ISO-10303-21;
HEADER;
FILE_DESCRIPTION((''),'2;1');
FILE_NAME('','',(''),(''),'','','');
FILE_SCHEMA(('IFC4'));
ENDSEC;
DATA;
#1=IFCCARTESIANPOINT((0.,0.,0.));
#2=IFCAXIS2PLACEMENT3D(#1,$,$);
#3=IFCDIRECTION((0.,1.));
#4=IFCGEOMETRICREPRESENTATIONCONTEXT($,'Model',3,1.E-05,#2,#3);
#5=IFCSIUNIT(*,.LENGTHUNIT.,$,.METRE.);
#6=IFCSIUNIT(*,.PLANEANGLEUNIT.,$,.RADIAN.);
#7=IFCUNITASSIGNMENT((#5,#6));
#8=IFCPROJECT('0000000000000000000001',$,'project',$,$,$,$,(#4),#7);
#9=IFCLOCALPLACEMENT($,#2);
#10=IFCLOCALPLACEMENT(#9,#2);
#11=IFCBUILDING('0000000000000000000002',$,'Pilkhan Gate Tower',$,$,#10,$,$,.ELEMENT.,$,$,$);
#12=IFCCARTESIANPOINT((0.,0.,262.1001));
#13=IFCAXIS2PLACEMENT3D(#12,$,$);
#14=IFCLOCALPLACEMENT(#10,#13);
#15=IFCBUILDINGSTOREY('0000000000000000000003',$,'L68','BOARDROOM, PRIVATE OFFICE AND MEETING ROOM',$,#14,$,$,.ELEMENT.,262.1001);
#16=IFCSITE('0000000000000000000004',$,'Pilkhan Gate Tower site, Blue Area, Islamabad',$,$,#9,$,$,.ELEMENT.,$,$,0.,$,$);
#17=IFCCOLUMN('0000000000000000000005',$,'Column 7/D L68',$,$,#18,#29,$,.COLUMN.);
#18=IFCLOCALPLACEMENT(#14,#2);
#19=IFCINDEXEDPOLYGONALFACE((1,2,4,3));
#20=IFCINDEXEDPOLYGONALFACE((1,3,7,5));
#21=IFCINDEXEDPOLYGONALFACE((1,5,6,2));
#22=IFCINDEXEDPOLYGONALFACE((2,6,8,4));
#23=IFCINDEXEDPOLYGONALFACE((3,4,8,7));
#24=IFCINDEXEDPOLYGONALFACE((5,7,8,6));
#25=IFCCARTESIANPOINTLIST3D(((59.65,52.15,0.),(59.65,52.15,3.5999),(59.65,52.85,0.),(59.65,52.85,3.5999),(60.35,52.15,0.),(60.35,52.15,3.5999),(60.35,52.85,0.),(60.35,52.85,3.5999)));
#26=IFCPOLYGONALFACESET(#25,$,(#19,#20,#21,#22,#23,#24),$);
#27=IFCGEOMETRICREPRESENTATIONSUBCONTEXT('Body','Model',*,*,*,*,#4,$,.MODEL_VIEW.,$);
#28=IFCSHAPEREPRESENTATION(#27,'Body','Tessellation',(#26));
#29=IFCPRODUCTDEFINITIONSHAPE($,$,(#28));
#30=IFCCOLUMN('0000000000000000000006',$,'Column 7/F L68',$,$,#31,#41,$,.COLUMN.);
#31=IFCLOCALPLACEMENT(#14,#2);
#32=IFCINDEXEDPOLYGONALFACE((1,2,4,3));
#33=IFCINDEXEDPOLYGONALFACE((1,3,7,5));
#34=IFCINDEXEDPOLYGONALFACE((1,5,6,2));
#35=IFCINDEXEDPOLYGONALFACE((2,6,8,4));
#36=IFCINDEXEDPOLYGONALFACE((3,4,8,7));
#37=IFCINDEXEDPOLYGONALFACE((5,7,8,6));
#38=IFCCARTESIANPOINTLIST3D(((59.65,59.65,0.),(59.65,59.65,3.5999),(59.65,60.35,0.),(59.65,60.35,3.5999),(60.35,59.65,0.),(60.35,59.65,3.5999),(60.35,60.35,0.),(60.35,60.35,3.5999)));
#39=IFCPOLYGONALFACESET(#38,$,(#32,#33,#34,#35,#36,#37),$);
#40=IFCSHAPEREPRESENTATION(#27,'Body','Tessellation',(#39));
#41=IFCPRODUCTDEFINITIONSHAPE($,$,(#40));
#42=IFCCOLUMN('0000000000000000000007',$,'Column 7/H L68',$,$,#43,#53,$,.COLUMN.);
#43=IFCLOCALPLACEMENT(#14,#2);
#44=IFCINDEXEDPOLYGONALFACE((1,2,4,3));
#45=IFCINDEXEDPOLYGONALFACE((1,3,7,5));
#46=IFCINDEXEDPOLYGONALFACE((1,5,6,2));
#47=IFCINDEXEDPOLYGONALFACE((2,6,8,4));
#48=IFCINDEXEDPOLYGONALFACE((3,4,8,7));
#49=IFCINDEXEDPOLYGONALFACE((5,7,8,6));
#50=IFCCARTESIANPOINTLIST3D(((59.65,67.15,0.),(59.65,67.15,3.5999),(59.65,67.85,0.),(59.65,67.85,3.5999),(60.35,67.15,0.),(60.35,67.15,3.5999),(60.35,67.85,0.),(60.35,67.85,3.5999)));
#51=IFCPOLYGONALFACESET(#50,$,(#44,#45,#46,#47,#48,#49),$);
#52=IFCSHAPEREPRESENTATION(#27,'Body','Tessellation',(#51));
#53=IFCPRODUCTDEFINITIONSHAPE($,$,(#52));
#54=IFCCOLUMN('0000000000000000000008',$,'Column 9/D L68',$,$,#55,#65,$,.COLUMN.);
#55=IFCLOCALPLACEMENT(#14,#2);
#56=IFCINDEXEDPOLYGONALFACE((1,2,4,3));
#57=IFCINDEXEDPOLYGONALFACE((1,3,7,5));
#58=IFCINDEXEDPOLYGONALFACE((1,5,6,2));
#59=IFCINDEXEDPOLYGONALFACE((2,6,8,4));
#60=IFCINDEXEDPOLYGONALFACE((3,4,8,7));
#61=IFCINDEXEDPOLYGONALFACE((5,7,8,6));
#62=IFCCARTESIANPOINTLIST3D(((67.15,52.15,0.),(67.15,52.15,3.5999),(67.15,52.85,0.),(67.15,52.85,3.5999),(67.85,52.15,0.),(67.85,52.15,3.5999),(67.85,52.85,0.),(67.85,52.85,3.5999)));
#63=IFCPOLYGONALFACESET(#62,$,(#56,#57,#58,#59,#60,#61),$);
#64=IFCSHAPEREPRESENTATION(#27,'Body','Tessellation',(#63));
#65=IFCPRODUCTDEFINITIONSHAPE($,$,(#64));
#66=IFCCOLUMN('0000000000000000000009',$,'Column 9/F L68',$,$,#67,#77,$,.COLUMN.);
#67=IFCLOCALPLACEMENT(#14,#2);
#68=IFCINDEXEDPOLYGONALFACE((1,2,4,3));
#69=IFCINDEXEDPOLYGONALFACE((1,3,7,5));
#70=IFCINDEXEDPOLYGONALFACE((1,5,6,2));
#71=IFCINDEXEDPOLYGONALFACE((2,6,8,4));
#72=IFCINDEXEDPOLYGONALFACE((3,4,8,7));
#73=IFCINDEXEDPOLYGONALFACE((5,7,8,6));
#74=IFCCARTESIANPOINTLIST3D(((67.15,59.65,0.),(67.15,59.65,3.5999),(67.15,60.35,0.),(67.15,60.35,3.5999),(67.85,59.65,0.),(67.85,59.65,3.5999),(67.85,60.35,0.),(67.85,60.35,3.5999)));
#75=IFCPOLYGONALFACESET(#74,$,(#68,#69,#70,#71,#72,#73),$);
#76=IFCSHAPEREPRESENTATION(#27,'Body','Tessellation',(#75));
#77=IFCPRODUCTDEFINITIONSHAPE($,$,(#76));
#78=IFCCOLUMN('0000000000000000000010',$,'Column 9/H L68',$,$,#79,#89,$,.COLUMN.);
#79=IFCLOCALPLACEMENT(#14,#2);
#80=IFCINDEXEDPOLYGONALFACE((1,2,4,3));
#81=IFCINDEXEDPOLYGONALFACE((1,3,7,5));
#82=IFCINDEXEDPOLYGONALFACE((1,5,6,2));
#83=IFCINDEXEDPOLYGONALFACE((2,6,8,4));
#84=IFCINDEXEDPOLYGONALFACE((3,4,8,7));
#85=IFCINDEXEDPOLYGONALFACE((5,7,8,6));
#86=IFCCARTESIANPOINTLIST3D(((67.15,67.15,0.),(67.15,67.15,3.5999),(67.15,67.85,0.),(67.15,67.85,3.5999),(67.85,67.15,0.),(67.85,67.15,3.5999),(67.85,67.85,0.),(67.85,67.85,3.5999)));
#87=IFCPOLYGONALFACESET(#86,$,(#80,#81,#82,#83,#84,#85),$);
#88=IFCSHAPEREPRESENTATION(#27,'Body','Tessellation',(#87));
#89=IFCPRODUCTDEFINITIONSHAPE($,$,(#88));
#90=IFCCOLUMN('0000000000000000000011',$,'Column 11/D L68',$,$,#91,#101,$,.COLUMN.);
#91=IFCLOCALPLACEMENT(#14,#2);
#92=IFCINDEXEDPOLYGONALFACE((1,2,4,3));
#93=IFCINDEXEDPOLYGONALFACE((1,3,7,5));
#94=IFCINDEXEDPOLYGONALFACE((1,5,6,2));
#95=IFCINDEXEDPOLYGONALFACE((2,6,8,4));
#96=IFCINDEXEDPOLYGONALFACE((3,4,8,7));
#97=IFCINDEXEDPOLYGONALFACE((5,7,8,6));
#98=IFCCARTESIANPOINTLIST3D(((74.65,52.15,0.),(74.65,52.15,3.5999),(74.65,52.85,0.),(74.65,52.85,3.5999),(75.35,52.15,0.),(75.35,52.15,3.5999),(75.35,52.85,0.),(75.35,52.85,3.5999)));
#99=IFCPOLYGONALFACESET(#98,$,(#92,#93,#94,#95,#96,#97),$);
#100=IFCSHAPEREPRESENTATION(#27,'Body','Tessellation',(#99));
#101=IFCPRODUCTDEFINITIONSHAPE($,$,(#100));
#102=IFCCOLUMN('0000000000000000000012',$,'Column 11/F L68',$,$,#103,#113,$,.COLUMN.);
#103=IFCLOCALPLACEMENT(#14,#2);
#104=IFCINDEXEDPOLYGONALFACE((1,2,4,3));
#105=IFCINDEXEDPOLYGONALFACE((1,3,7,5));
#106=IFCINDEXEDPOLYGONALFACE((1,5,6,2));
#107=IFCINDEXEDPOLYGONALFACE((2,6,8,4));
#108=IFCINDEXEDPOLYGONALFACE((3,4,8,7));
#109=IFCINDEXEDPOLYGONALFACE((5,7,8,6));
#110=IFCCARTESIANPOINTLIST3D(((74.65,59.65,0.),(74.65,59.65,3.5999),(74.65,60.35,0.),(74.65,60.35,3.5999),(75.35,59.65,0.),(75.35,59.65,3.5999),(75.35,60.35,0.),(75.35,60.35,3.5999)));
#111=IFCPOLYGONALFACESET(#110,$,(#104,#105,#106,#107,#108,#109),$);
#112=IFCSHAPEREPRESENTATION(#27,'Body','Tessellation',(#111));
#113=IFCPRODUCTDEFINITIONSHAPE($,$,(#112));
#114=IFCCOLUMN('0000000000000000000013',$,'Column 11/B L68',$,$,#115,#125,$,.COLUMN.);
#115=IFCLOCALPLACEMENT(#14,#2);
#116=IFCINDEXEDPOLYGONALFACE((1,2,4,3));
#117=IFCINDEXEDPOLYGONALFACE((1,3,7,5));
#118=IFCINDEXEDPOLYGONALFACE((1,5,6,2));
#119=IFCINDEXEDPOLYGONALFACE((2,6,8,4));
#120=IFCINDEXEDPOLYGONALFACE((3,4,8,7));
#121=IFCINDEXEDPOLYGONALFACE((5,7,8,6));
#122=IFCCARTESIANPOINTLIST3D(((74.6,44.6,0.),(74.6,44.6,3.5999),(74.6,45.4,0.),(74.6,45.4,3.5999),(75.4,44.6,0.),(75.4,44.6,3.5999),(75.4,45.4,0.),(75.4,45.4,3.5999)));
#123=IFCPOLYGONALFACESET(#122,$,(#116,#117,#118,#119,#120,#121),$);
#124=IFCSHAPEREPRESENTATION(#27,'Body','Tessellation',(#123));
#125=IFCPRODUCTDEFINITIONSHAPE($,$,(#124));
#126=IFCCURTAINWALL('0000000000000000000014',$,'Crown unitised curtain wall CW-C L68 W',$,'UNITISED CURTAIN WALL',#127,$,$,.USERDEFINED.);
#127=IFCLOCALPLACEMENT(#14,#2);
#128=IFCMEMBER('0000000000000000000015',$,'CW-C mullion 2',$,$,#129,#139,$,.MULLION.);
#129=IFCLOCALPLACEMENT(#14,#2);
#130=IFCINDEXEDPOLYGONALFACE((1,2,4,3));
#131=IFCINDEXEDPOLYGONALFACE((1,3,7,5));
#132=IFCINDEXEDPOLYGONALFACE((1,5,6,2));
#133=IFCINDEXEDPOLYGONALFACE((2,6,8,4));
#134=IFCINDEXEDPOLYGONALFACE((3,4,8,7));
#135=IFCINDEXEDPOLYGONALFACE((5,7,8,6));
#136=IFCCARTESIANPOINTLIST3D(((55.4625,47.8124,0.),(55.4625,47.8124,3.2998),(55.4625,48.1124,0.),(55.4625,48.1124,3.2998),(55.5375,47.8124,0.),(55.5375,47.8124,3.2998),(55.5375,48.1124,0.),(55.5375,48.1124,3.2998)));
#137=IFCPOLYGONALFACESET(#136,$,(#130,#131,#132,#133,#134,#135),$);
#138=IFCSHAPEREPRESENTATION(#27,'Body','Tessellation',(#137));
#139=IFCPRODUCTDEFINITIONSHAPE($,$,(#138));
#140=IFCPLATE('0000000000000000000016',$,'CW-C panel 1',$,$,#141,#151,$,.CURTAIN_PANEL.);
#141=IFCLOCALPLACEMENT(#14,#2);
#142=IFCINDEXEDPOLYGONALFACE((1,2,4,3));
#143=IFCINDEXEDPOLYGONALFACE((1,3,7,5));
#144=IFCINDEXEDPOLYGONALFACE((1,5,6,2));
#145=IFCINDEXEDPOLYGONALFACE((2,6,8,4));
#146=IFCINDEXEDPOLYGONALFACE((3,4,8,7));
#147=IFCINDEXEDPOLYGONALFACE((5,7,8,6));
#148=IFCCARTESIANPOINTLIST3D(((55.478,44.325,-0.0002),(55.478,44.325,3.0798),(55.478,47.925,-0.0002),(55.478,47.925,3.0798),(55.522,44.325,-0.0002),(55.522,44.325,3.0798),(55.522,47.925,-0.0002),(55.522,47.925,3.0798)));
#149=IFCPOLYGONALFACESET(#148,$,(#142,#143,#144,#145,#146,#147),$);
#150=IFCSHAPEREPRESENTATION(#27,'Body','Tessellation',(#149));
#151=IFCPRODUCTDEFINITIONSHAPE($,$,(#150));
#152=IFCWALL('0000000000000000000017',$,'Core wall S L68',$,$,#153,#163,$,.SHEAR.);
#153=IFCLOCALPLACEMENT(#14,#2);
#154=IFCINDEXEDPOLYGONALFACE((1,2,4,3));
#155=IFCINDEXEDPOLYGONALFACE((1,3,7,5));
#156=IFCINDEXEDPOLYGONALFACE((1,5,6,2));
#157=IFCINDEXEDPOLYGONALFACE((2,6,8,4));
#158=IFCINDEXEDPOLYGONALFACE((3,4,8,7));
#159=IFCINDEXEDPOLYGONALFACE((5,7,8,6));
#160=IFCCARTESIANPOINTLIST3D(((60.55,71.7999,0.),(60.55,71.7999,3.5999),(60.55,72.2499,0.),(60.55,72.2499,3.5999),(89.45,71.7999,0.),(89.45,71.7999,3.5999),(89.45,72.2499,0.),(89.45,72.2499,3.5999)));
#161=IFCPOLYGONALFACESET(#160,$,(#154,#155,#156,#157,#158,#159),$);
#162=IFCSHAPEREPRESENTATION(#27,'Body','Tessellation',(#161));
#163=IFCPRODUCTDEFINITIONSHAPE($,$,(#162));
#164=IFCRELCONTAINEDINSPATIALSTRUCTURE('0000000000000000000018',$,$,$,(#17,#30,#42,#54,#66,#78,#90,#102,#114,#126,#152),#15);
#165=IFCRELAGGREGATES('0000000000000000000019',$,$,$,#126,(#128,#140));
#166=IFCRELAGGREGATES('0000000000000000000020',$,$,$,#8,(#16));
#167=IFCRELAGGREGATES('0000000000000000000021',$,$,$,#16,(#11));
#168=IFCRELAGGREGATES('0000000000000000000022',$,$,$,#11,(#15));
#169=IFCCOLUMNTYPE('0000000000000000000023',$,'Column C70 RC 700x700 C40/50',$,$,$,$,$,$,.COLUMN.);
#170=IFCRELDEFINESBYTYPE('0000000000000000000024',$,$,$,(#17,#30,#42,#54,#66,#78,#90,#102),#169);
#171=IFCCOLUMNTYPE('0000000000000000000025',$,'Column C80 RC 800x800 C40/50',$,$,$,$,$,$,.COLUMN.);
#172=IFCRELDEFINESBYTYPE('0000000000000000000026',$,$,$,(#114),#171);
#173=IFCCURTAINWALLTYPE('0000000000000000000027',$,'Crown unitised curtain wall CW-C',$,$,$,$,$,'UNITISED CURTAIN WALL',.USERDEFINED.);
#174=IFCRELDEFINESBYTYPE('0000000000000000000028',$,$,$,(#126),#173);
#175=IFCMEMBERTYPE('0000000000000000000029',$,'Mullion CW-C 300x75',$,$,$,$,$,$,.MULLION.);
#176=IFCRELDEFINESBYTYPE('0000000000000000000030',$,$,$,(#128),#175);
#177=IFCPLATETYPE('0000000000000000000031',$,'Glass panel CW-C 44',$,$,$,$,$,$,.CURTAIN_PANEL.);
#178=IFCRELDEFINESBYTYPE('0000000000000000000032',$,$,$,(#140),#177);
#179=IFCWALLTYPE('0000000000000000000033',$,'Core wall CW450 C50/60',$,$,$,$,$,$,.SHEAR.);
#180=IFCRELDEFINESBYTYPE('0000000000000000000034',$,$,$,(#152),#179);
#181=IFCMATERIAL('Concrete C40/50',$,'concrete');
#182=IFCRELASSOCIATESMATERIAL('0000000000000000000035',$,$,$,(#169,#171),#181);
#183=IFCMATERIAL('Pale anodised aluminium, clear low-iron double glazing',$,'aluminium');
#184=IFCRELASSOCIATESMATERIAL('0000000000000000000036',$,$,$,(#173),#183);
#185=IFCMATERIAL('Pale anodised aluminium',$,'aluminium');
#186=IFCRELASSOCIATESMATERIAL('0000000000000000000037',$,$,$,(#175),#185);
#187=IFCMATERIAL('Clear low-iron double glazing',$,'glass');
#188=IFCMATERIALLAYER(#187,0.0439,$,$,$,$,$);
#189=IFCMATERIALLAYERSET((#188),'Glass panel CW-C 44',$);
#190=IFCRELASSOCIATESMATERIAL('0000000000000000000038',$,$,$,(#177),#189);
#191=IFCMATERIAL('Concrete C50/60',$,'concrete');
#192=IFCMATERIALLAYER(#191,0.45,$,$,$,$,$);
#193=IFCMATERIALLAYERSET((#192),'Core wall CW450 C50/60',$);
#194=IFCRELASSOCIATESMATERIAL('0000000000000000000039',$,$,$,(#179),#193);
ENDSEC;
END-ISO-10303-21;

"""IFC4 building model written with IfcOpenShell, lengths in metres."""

from ifc_helpers import new_model, si_unit, direction, frame, frame_2d, origin, origin_2d, place, context, subcontext, project, spatial, rectangle, extrude, material, layer, layer_set, material_profile, profile_set, type_object, element, aggregate, save


model = new_model("IFC4")

# Units and contexts
model_context = context("Model", 3, precision=1e-05, world=origin(), true_north=direction((0.0, 1.0)))
body_context = subcontext(model_context, "Body", "Model", "MODEL_VIEW")
ifc_project = project(units=[si_unit("LENGTHUNIT", "METRE"), si_unit("PLANEANGLEUNIT", "RADIAN")], contexts=[model_context])

# Site, building, storey
site_placement = place(None, origin())
site = spatial("IfcSite", under=ifc_project, at=site_placement, Name="Pilkhan Gate Tower site, Blue Area, Islamabad", CompositionType="ELEMENT", RefElevation=0.0)
building_placement = place(site_placement, origin())
building = spatial("IfcBuilding", under=site, at=building_placement, Name="Pilkhan Gate Tower", CompositionType="ELEMENT")
storey_placement = place(building_placement, frame((0.0, 0.0, 262.1001)))
storey = spatial("IfcBuildingStorey", under=building, at=storey_placement, Name="L68", Description="BOARDROOM, PRIVATE OFFICE AND MEETING ROOM", CompositionType="ELEMENT", Elevation=262.1001)

# Columns
ifc_material_1 = material(Name="Concrete C40/50", Category="concrete")
ifc_material_profile_1 = material_profile(ifc_material_1, rectangle(XDim=0.7, YDim=0.7, at=origin_2d()), Name="RC 700x700")
ifc_profile_set_1 = profile_set([ifc_material_profile_1], Name="Concrete C40/50")
column_type_1 = type_object("IfcColumnType", Name="Column C70 RC 700x700 C40/50", PredefinedType="COLUMN", material=ifc_profile_set_1)
for number, where, z_axis, x_axis, name in (
    (1, (60.0, 52.5, 0.0), (0.0, 0.0, 1.0), (1.0, 0.0, 0.0), "Column 7/D L68"),
    (2, (60.0, 60.0, 0.0), (0.0, 0.0, 1.0), (1.0, 0.0, 0.0), "Column 7/F L68"),
    (3, (60.0, 67.5, 0.0), (0.0, 0.0, 1.0), (1.0, 0.0, 0.0), "Column 7/H L68"),
    (4, (67.5, 52.5, 0.0), (0.0, 0.0, 1.0), (1.0, 0.0, 0.0), "Column 9/D L68"),
    (5, (67.5, 60.0, 0.0), (0.0, 0.0, 1.0), (1.0, 0.0, 0.0), "Column 9/F L68"),
    (6, (67.5, 67.5, 0.0), (0.0, 0.0, 1.0), (1.0, 0.0, 0.0), "Column 9/H L68"),
    (7, (75.0, 52.5, 0.0), (0.0, 0.0, 1.0), (1.0, 0.0, 0.0), "Column 11/D L68"),
    (8, (75.0, 60.0, 0.0), (0.0, 0.0, 1.0), (1.0, 0.0, 0.0), "Column 11/F L68"),
):
    element("IfcColumn", number, at=place(storey_placement, frame(where, z_axis=z_axis, x_axis=x_axis)), inside=storey, type_object=column_type_1, Name=name, PredefinedType="COLUMN", context=body_context, shape_type="SweptSolid", body=[
        extrude(rectangle(XDim=0.7, YDim=0.7, at=origin_2d()), origin(), (0.0, 0.0, 1.0), 3.5999),
    ])
ifc_material_profile_2 = material_profile(ifc_material_1, rectangle(XDim=0.8, YDim=0.8, at=origin_2d()), Name="RC 800x800")
ifc_profile_set_2 = profile_set([ifc_material_profile_2], Name="Concrete C40/50")
column_type_2 = type_object("IfcColumnType", Name="Column C80 RC 800x800 C40/50", PredefinedType="COLUMN", material=ifc_profile_set_2)
column_placement = place(storey_placement, frame((75.0, 45.0, 0.0), z_axis=(0.0, 0.0, 1.0), x_axis=(1.0, 0.0, 0.0)))
element("IfcColumn", 9, at=column_placement, inside=storey, type_object=column_type_2, Name="Column 11/B L68", PredefinedType="COLUMN", context=body_context, shape_type="SweptSolid", body=[
    extrude(rectangle(XDim=0.8, YDim=0.8, at=origin_2d()), origin(), (0.0, 0.0, 1.0), 3.5999),
])

# Curtain wall, member, plate
ifc_material_2 = material(Name="Pale anodised aluminium, clear low-iron double glazing", Category="aluminium")
curtain_wall_type = type_object("IfcCurtainWallType", Name="Crown unitised curtain wall CW-C", ElementType="UNITISED CURTAIN WALL", PredefinedType="USERDEFINED", material=ifc_material_2)
curtain_wall_placement = place(storey_placement, origin())
curtain_wall = element("IfcCurtainWall", 10, at=curtain_wall_placement, inside=storey, type_object=curtain_wall_type, Name="Crown unitised curtain wall CW-C L68 W", ObjectType="UNITISED CURTAIN WALL", PredefinedType="USERDEFINED")
ifc_material_3 = material(Name="Pale anodised aluminium", Category="aluminium")
ifc_material_profile_3 = material_profile(ifc_material_3, rectangle(XDim=0.075, YDim=0.3, at=origin_2d()), Name="Mullion 300x75")
ifc_profile_set_3 = profile_set([ifc_material_profile_3], Name="Pale anodised aluminium")
member_type = type_object("IfcMemberType", Name="Mullion CW-C 300x75", PredefinedType="MULLION", material=ifc_profile_set_3)
member_placement = place(storey_placement, frame((55.5, 47.9624, 0.0), z_axis=(0.0, 0.0, 1.0), x_axis=(-1.0, 0.0, 0.0)))
member = element("IfcMember", 11, at=member_placement, type_object=member_type, Name="CW-C mullion 2", PredefinedType="MULLION", context=body_context, shape_type="SweptSolid", body=[
    extrude(rectangle(XDim=0.075, YDim=0.3, at=origin_2d()), origin(), (0.0, 0.0, 1.0), 3.2998),
])
ifc_material_4 = material(Name="Clear low-iron double glazing", Category="glass")
ifc_layer_1 = layer(ifc_material_4, 0.0439)
ifc_layer_set_1 = layer_set([ifc_layer_1], Name="Glass panel CW-C 44")
plate_type = type_object("IfcPlateType", Name="Glass panel CW-C 44", PredefinedType="CURTAIN_PANEL", material=ifc_layer_set_1)
plate_placement = place(storey_placement, frame((55.5, 46.125, -0.0002), z_axis=(0.0, 0.0, 1.0), x_axis=(0.0, 1.0, 0.0)))
plate = element("IfcPlate", 12, at=plate_placement, type_object=plate_type, Name="CW-C panel 1", PredefinedType="CURTAIN_PANEL", context=body_context, shape_type="SweptSolid", body=[
    extrude(rectangle(XDim=3.6001, YDim=0.0439, at=origin_2d()), origin(), (0.0, 0.0, 1.0), 3.0801),
])
aggregate(curtain_wall, [member, plate])

# Wall
ifc_material_5 = material(Name="Concrete C50/60", Category="concrete")
ifc_layer_2 = layer(ifc_material_5, 0.45)
ifc_layer_set_2 = layer_set([ifc_layer_2], Name="Core wall CW450 C50/60")
wall_type_1 = type_object("IfcWallType", Name="Core wall CW450 C50/60", PredefinedType="SHEAR", material=ifc_layer_set_2)
wall_1_placement = place(storey_placement, frame((60.55, 72.0249, 0.0), z_axis=(0.0, 0.0, 1.0), x_axis=(1.0, 0.0, 0.0)))
element("IfcWall", 13, at=wall_1_placement, inside=storey, type_object=wall_type_1, Name="Core wall S L68", PredefinedType="SHEAR", context=body_context, shape_type="SweptSolid", body=[
    extrude(rectangle(XDim=28.8999, YDim=0.45, at=frame_2d((14.45, 0.0))), origin(), (0.0, 0.0, 1.0), 3.5999),
])

save(model, "model.ifc")
